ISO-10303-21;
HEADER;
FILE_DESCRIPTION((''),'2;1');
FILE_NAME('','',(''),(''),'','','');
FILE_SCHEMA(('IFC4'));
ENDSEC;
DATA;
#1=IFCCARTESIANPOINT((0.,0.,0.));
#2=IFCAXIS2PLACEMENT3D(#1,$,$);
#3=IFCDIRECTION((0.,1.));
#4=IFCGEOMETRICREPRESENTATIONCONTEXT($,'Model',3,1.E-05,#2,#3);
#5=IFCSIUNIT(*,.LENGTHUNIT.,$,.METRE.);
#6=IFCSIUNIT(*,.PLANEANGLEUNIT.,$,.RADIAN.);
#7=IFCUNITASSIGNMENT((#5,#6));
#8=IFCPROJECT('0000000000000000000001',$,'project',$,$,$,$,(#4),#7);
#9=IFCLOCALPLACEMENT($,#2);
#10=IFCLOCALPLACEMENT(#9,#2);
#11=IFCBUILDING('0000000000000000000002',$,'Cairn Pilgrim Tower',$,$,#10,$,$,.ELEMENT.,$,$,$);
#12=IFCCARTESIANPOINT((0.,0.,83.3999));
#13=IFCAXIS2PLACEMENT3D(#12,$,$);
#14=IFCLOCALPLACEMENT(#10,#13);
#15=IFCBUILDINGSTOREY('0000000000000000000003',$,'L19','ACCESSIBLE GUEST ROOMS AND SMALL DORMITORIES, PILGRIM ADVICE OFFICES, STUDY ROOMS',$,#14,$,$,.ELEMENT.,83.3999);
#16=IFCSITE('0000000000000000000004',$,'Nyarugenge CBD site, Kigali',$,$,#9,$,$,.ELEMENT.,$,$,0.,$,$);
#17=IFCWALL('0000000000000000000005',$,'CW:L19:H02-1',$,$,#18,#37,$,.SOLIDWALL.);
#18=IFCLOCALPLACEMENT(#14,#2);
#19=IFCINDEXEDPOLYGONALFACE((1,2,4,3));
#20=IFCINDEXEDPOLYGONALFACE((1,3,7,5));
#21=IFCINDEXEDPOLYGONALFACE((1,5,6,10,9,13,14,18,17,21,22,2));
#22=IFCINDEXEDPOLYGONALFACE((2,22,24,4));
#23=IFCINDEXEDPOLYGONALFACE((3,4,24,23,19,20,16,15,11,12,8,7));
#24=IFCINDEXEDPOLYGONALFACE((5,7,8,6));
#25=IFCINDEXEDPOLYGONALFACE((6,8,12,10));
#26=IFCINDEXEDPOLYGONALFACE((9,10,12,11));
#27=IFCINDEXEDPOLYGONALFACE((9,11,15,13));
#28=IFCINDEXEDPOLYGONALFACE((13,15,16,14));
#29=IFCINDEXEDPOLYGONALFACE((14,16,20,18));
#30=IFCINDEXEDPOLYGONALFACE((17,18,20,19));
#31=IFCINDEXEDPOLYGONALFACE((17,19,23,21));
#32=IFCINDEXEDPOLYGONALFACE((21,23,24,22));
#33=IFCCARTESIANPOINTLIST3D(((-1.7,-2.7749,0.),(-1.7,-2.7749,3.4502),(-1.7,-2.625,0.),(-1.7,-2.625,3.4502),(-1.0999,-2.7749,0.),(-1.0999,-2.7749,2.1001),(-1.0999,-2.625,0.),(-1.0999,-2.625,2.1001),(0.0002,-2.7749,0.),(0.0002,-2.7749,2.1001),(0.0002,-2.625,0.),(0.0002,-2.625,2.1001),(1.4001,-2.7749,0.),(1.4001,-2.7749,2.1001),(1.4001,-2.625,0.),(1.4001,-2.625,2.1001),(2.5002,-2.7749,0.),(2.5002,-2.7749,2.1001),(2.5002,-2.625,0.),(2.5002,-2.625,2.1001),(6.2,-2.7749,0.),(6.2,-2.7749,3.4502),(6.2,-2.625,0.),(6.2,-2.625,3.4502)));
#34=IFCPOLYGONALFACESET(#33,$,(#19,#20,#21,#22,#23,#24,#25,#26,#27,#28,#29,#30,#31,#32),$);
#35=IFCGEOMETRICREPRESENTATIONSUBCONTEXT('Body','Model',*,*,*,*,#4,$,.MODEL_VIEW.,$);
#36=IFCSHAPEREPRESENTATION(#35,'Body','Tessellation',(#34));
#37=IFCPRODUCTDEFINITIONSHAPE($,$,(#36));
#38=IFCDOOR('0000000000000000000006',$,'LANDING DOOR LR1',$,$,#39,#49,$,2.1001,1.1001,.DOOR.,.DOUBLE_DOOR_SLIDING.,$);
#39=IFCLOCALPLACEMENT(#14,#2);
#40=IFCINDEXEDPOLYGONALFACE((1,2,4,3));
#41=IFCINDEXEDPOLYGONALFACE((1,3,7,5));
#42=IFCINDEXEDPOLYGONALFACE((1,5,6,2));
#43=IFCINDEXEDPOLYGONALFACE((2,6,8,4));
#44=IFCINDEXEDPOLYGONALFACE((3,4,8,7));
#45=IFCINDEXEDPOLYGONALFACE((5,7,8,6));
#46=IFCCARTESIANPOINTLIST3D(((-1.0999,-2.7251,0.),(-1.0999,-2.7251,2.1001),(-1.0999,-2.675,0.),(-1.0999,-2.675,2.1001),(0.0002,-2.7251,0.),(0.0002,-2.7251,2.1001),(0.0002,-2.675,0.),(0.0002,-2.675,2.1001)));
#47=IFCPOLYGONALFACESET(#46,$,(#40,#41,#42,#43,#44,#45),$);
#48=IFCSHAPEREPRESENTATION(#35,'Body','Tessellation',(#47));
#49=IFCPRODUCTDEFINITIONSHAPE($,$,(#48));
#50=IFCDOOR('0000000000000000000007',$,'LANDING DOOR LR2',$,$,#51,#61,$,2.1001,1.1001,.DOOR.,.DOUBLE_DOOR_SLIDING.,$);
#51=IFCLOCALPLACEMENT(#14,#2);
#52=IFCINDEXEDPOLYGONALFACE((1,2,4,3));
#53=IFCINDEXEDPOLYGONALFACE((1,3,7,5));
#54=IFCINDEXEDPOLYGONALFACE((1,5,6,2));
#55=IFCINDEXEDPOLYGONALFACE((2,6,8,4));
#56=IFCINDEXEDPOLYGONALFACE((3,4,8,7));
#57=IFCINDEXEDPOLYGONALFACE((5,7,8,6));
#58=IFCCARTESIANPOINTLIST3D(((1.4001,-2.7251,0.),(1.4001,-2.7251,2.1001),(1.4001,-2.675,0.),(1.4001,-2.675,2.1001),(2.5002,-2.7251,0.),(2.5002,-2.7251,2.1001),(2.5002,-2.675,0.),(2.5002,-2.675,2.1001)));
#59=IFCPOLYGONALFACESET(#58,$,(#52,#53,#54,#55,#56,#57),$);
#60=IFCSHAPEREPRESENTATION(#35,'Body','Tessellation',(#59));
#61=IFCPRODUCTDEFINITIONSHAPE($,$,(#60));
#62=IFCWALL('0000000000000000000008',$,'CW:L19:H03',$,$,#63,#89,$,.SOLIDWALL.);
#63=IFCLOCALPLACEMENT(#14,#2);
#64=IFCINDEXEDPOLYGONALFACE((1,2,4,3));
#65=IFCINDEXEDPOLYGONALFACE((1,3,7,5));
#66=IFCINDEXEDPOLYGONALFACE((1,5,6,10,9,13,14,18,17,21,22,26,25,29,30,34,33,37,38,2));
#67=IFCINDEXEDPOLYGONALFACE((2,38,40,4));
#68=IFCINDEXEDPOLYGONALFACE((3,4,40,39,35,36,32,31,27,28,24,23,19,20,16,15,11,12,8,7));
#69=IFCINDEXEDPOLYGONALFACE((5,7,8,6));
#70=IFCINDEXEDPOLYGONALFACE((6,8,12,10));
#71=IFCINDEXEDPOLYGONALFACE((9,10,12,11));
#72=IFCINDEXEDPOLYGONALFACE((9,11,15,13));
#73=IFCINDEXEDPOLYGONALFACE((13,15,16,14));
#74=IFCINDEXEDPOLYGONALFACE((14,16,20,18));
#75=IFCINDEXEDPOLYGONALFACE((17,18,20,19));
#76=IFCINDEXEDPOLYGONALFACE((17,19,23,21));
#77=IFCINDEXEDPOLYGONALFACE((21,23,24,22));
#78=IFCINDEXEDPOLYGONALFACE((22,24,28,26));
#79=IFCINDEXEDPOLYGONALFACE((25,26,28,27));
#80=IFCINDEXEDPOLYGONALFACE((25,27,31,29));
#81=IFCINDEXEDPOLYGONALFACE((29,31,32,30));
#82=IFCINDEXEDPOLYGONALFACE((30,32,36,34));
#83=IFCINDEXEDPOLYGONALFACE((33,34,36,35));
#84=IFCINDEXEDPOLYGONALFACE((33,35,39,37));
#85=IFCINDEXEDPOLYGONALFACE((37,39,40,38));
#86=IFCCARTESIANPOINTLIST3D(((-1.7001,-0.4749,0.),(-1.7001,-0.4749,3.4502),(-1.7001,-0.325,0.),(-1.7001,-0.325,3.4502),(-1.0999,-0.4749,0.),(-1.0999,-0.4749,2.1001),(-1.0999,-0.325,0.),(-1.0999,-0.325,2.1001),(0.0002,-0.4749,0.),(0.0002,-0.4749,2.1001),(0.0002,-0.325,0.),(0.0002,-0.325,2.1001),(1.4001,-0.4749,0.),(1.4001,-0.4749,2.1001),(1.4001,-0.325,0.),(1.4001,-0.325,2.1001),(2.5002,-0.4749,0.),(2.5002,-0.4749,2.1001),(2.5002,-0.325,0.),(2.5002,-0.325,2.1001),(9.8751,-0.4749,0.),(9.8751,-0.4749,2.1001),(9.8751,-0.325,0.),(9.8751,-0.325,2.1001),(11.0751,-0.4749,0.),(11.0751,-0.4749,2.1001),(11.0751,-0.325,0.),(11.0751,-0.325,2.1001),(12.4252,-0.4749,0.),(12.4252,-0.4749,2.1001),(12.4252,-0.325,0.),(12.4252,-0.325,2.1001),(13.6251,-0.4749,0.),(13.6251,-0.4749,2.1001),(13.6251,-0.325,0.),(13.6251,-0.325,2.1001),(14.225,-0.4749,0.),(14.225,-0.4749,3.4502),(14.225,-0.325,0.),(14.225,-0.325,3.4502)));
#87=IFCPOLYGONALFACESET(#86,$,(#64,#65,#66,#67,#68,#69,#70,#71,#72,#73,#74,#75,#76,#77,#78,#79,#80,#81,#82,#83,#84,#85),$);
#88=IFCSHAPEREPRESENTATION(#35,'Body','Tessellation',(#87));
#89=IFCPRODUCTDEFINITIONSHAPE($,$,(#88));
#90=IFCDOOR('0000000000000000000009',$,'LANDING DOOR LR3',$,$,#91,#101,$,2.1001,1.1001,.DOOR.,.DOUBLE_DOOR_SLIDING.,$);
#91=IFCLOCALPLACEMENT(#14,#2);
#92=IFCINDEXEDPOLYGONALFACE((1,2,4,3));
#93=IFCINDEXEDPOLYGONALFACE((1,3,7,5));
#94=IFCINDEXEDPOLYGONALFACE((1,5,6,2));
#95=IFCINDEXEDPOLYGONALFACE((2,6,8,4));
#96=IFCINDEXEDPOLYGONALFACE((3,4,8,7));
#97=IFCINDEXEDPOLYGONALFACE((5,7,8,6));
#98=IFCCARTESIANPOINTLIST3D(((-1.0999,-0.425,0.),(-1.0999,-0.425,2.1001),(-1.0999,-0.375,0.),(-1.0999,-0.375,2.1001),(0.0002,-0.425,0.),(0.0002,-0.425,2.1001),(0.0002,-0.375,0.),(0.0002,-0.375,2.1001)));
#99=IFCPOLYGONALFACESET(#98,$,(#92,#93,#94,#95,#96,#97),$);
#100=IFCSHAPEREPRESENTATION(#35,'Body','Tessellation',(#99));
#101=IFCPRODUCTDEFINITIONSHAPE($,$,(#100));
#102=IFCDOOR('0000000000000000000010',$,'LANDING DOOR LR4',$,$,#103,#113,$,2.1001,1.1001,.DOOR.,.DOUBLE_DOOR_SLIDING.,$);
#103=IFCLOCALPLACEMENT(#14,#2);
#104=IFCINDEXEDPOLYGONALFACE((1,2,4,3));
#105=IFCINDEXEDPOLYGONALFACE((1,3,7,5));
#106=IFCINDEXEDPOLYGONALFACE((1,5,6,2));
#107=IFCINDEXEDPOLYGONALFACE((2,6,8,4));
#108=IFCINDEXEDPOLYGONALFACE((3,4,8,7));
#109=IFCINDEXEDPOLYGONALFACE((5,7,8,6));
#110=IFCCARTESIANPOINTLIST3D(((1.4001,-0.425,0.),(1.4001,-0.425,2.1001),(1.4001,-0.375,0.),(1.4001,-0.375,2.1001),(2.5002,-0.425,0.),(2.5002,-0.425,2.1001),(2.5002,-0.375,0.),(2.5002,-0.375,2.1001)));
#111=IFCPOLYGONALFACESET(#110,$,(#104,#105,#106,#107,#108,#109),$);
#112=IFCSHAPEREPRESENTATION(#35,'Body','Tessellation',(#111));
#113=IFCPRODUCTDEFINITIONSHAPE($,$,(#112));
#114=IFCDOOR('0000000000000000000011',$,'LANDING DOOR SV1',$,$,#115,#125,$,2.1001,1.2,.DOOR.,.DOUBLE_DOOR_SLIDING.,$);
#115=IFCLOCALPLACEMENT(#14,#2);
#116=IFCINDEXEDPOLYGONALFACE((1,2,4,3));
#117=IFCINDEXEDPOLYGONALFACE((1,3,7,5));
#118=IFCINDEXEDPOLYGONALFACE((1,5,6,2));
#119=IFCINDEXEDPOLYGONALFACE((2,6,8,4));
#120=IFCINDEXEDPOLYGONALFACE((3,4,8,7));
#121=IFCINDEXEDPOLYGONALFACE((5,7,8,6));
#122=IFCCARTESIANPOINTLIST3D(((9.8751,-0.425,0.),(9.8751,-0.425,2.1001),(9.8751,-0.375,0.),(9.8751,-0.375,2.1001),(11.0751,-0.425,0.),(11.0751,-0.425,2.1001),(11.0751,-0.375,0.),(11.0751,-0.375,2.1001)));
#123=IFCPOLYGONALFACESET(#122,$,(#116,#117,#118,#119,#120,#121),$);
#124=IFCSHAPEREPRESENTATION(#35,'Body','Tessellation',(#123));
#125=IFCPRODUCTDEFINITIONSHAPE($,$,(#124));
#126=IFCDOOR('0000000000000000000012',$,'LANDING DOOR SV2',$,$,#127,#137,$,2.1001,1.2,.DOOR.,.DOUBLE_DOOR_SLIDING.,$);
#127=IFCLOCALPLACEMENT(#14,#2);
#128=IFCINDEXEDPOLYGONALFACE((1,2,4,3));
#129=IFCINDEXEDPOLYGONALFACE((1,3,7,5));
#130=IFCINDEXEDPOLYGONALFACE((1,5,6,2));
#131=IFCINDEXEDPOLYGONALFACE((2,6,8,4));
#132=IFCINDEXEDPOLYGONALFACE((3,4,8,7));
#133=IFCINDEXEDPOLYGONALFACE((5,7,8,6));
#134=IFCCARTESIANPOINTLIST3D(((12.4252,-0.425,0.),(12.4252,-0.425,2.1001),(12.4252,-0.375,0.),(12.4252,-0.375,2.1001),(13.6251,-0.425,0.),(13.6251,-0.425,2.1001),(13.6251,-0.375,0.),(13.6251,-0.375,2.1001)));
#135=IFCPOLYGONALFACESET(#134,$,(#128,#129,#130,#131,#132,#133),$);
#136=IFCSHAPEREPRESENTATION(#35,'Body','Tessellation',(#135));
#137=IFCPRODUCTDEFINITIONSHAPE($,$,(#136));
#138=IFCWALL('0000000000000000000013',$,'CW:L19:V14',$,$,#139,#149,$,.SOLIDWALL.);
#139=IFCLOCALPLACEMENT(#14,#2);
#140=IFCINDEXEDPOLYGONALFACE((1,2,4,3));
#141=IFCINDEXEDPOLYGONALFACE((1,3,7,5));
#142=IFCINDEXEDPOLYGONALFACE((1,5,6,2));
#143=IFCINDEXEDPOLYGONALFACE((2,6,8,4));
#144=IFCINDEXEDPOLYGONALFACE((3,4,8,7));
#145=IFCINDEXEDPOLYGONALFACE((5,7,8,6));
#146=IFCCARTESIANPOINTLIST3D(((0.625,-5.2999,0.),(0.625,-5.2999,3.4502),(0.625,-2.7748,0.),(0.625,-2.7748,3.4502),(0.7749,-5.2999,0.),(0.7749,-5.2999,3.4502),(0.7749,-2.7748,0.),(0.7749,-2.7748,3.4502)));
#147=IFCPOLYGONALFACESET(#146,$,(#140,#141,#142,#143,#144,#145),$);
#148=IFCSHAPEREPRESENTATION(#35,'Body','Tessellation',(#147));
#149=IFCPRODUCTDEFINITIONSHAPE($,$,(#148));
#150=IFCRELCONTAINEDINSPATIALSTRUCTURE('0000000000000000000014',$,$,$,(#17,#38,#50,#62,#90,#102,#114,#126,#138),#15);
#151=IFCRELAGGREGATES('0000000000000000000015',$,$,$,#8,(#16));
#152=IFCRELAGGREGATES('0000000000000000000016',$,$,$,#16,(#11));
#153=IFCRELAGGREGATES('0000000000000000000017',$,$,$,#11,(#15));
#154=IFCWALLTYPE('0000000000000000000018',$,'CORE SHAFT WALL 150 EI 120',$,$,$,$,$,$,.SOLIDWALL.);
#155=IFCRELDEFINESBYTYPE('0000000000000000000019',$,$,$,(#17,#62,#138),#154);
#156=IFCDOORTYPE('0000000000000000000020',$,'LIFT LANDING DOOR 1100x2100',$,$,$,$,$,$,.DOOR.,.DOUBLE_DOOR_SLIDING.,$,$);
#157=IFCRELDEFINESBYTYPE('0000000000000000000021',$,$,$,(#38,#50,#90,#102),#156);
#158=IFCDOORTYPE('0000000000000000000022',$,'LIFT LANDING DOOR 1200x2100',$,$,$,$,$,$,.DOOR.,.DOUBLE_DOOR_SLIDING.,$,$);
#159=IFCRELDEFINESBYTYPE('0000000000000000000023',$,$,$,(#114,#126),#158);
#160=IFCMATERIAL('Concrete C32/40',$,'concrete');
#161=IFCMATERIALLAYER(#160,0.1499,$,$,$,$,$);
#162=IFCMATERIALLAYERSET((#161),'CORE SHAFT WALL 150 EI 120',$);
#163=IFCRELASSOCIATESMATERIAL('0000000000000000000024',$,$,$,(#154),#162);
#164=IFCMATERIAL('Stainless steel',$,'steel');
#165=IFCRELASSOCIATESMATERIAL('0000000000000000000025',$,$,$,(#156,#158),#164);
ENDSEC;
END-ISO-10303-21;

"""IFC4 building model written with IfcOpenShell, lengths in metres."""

from ifc_helpers import new_model, si_unit, direction, frame, frame_2d, origin, place, context, subcontext, project, spatial, rectangle, extrude, material, layer, layer_set, type_object, element, fill, save


model = new_model("IFC4")

# Units and contexts
model_context = context("Model", 3, precision=1e-05, world=origin(), true_north=direction((0.0, 1.0)))
body_context = subcontext(model_context, "Body", "Model", "MODEL_VIEW")
ifc_project = project(units=[si_unit("LENGTHUNIT", "METRE"), si_unit("PLANEANGLEUNIT", "RADIAN")], contexts=[model_context])

# Site, building, storey
site_placement = place(None, origin())
site = spatial("IfcSite", under=ifc_project, at=site_placement, Name="Nyarugenge CBD site, Kigali", CompositionType="ELEMENT", RefElevation=0.0)
building_placement = place(site_placement, origin())
building = spatial("IfcBuilding", under=site, at=building_placement, Name="Cairn Pilgrim Tower", CompositionType="ELEMENT")
storey_placement = place(building_placement, frame((0.0, 0.0, 83.3999)))
storey = spatial("IfcBuildingStorey", under=building, at=storey_placement, Name="L19", Description="ACCESSIBLE GUEST ROOMS AND SMALL DORMITORIES, PILGRIM ADVICE OFFICES, STUDY ROOMS", CompositionType="ELEMENT", Elevation=83.3999)

# Shared definitions
ifc_material_1 = material(Name="Concrete C32/40", Category="concrete")

# Walls, openings, doors
ifc_layer_1 = layer(ifc_material_1, 0.1499)
ifc_layer_set_1 = layer_set([ifc_layer_1], Name="CORE SHAFT WALL 150 EI 120")
wall_type_1 = type_object("IfcWallType", Name="CORE SHAFT WALL 150 EI 120", PredefinedType="SOLIDWALL", material=ifc_layer_set_1)
wall_1_placement = place(storey_placement, frame((-1.7, -2.7, 0.0), z_axis=(0.0, 0.0, 1.0), x_axis=(1.0, 0.0, 0.0)))
wall_1 = element("IfcWall", 1, at=wall_1_placement, inside=storey, type_object=wall_type_1, Name="CW:L19:H02-1", PredefinedType="SOLIDWALL", context=body_context, shape_type="SweptSolid", body=[
    extrude(rectangle(XDim=7.8999, YDim=0.1499, at=frame_2d((3.95, 0.0))), origin(), (0.0, 0.0, 1.0), 3.4502),
])
opening_1_placement = place(wall_1_placement, frame((0.6001, 0.0, 0.0)))
opening_1 = element("IfcOpeningElement", 2, at=opening_1_placement, cuts=wall_1, PredefinedType="OPENING", context=body_context, shape_type="SweptSolid", body=[
    extrude(rectangle(XDim=1.1001, YDim=2.1001, at=frame_2d((0.55, 1.05))), frame((0.0, 0.085, 0.0), z_axis=(0.0, -1.0, 0.0), x_axis=(1.0, 0.0, 0.0)), (0.0, 0.0, 1.0), 0.1699),
])
opening_2_placement = place(wall_1_placement, frame((3.1001, 0.0, 0.0)))
opening_2 = element("IfcOpeningElement", 3, at=opening_2_placement, cuts=wall_1, PredefinedType="OPENING", context=body_context, shape_type="SweptSolid", body=[
    extrude(rectangle(XDim=1.1001, YDim=2.1001, at=frame_2d((0.55, 1.05))), frame((0.0, 0.085, 0.0), z_axis=(0.0, -1.0, 0.0), x_axis=(1.0, 0.0, 0.0)), (0.0, 0.0, 1.0), 0.1699),
])
ifc_material_2 = material(Name="Stainless steel", Category="steel")
door_type_1 = type_object("IfcDoorType", Name="LIFT LANDING DOOR 1100x2100", OperationType="DOUBLE_DOOR_SLIDING", PredefinedType="DOOR", material=ifc_material_2)
door_1_placement = place(opening_1_placement, origin())
door_1 = element("IfcDoor", 4, at=door_1_placement, inside=storey, type_object=door_type_1, Name="LANDING DOOR LR1", OperationType="DOUBLE_DOOR_SLIDING", OverallHeight=2.1001, OverallWidth=1.1001, PredefinedType="DOOR", context=body_context, shape_type="SweptSolid", body=[
    extrude(rectangle(XDim=1.1001, YDim=2.1001, at=frame_2d((0.55, 1.05))), frame((0.0, 0.0249, 0.0), z_axis=(0.0, -1.0, 0.0), x_axis=(1.0, 0.0, 0.0)), (0.0, 0.0, 1.0), 0.05),
])
fill(opening_1, door_1)
door_2_placement = place(opening_2_placement, origin())
door_2 = element("IfcDoor", 5, at=door_2_placement, inside=storey, type_object=door_type_1, Name="LANDING DOOR LR2", OperationType="DOUBLE_DOOR_SLIDING", OverallHeight=2.1001, OverallWidth=1.1001, PredefinedType="DOOR", context=body_context, shape_type="SweptSolid", body=[
    extrude(rectangle(XDim=1.1001, YDim=2.1001, at=frame_2d((0.55, 1.05))), frame((0.0, 0.0249, 0.0), z_axis=(0.0, -1.0, 0.0), x_axis=(1.0, 0.0, 0.0)), (0.0, 0.0, 1.0), 0.05),
])
fill(opening_2, door_2)
wall_2_placement = place(storey_placement, frame((-1.7, -0.3999, 0.0), z_axis=(0.0, 0.0, 1.0), x_axis=(1.0, 0.0, 0.0)))
wall_2 = element("IfcWall", 6, at=wall_2_placement, inside=storey, type_object=wall_type_1, Name="CW:L19:H03", PredefinedType="SOLIDWALL", context=body_context, shape_type="SweptSolid", body=[
    extrude(rectangle(XDim=15.925, YDim=0.1499, at=frame_2d((7.9624, 0.0))), origin(), (0.0, 0.0, 1.0), 3.4502),
])
opening_3_placement = place(wall_2_placement, frame((0.6001, 0.0, 0.0)))
opening_3 = element("IfcOpeningElement", 7, at=opening_3_placement, cuts=wall_2, PredefinedType="OPENING", context=body_context, shape_type="SweptSolid", body=[
    extrude(rectangle(XDim=1.1001, YDim=2.1001, at=frame_2d((0.55, 1.05))), frame((0.0, 0.085, 0.0), z_axis=(0.0, -1.0, 0.0), x_axis=(1.0, 0.0, 0.0)), (0.0, 0.0, 1.0), 0.1699),
])
opening_4_placement = place(wall_2_placement, frame((3.1001, 0.0, 0.0)))
opening_4 = element("IfcOpeningElement", 8, at=opening_4_placement, cuts=wall_2, PredefinedType="OPENING", context=body_context, shape_type="SweptSolid", body=[
    extrude(rectangle(XDim=1.1001, YDim=2.1001, at=frame_2d((0.55, 1.05))), frame((0.0, 0.085, 0.0), z_axis=(0.0, -1.0, 0.0), x_axis=(1.0, 0.0, 0.0)), (0.0, 0.0, 1.0), 0.1699),
])
opening_5_placement = place(wall_2_placement, frame((11.575, 0.0, 0.0)))
opening_5 = element("IfcOpeningElement", 9, at=opening_5_placement, cuts=wall_2, PredefinedType="OPENING", context=body_context, shape_type="SweptSolid", body=[
    extrude(rectangle(XDim=1.2, YDim=2.1001, at=frame_2d((0.6001, 1.05))), frame((0.0, 0.085, 0.0), z_axis=(0.0, -1.0, 0.0), x_axis=(1.0, 0.0, 0.0)), (0.0, 0.0, 1.0), 0.1699),
])
opening_6_placement = place(wall_2_placement, frame((14.125, 0.0, 0.0)))
opening_6 = element("IfcOpeningElement", 10, at=opening_6_placement, cuts=wall_2, PredefinedType="OPENING", context=body_context, shape_type="SweptSolid", body=[
    extrude(rectangle(XDim=1.2, YDim=2.1001, at=frame_2d((0.6001, 1.05))), frame((0.0, 0.085, 0.0), z_axis=(0.0, -1.0, 0.0), x_axis=(1.0, 0.0, 0.0)), (0.0, 0.0, 1.0), 0.1699),
])
door_3_placement = place(opening_3_placement, origin())
door_3 = element("IfcDoor", 11, at=door_3_placement, inside=storey, type_object=door_type_1, Name="LANDING DOOR LR3", OperationType="DOUBLE_DOOR_SLIDING", OverallHeight=2.1001, OverallWidth=1.1001, PredefinedType="DOOR", context=body_context, shape_type="SweptSolid", body=[
    extrude(rectangle(XDim=1.1001, YDim=2.1001, at=frame_2d((0.55, 1.05))), frame((0.0, 0.0249, 0.0), z_axis=(0.0, -1.0, 0.0), x_axis=(1.0, 0.0, 0.0)), (0.0, 0.0, 1.0), 0.05),
])
fill(opening_3, door_3)
door_4_placement = place(opening_4_placement, origin())
door_4 = element("IfcDoor", 12, at=door_4_placement, inside=storey, type_object=door_type_1, Name="LANDING DOOR LR4", OperationType="DOUBLE_DOOR_SLIDING", OverallHeight=2.1001, OverallWidth=1.1001, PredefinedType="DOOR", context=body_context, shape_type="SweptSolid", body=[
    extrude(rectangle(XDim=1.1001, YDim=2.1001, at=frame_2d((0.55, 1.05))), frame((0.0, 0.0249, 0.0), z_axis=(0.0, -1.0, 0.0), x_axis=(1.0, 0.0, 0.0)), (0.0, 0.0, 1.0), 0.05),
])
fill(opening_4, door_4)
door_type_2 = type_object("IfcDoorType", Name="LIFT LANDING DOOR 1200x2100", OperationType="DOUBLE_DOOR_SLIDING", PredefinedType="DOOR", material=ifc_material_2)
door_5_placement = place(opening_5_placement, origin())
door_5 = element("IfcDoor", 13, at=door_5_placement, inside=storey, type_object=door_type_2, Name="LANDING DOOR SV1", OperationType="DOUBLE_DOOR_SLIDING", OverallHeight=2.1001, OverallWidth=1.2, PredefinedType="DOOR", context=body_context, shape_type="SweptSolid", body=[
    extrude(rectangle(XDim=1.2, YDim=2.1001, at=frame_2d((0.6001, 1.05))), frame((0.0, 0.0249, 0.0), z_axis=(0.0, -1.0, 0.0), x_axis=(1.0, 0.0, 0.0)), (0.0, 0.0, 1.0), 0.05),
])
fill(opening_5, door_5)
door_6_placement = place(opening_6_placement, origin())
door_6 = element("IfcDoor", 14, at=door_6_placement, inside=storey, type_object=door_type_2, Name="LANDING DOOR SV2", OperationType="DOUBLE_DOOR_SLIDING", OverallHeight=2.1001, OverallWidth=1.2, PredefinedType="DOOR", context=body_context, shape_type="SweptSolid", body=[
    extrude(rectangle(XDim=1.2, YDim=2.1001, at=frame_2d((0.6001, 1.05))), frame((0.0, 0.0249, 0.0), z_axis=(0.0, -1.0, 0.0), x_axis=(1.0, 0.0, 0.0)), (0.0, 0.0, 1.0), 0.05),
])
fill(opening_6, door_6)

# Wall
wall_3_placement = place(storey_placement, frame((0.7, -5.3, 0.0), z_axis=(0.0, 0.0, 1.0), x_axis=(0.0, 1.0, 0.0)))
element("IfcWall", 15, at=wall_3_placement, inside=storey, type_object=wall_type_1, Name="CW:L19:V14", PredefinedType="SOLIDWALL", context=body_context, shape_type="SweptSolid", body=[
    extrude(rectangle(XDim=2.5251, YDim=0.1499, at=frame_2d((1.2627, 0.0))), origin(), (0.0, 0.0, 1.0), 3.4502),
])

save(model, "model.ifc")
